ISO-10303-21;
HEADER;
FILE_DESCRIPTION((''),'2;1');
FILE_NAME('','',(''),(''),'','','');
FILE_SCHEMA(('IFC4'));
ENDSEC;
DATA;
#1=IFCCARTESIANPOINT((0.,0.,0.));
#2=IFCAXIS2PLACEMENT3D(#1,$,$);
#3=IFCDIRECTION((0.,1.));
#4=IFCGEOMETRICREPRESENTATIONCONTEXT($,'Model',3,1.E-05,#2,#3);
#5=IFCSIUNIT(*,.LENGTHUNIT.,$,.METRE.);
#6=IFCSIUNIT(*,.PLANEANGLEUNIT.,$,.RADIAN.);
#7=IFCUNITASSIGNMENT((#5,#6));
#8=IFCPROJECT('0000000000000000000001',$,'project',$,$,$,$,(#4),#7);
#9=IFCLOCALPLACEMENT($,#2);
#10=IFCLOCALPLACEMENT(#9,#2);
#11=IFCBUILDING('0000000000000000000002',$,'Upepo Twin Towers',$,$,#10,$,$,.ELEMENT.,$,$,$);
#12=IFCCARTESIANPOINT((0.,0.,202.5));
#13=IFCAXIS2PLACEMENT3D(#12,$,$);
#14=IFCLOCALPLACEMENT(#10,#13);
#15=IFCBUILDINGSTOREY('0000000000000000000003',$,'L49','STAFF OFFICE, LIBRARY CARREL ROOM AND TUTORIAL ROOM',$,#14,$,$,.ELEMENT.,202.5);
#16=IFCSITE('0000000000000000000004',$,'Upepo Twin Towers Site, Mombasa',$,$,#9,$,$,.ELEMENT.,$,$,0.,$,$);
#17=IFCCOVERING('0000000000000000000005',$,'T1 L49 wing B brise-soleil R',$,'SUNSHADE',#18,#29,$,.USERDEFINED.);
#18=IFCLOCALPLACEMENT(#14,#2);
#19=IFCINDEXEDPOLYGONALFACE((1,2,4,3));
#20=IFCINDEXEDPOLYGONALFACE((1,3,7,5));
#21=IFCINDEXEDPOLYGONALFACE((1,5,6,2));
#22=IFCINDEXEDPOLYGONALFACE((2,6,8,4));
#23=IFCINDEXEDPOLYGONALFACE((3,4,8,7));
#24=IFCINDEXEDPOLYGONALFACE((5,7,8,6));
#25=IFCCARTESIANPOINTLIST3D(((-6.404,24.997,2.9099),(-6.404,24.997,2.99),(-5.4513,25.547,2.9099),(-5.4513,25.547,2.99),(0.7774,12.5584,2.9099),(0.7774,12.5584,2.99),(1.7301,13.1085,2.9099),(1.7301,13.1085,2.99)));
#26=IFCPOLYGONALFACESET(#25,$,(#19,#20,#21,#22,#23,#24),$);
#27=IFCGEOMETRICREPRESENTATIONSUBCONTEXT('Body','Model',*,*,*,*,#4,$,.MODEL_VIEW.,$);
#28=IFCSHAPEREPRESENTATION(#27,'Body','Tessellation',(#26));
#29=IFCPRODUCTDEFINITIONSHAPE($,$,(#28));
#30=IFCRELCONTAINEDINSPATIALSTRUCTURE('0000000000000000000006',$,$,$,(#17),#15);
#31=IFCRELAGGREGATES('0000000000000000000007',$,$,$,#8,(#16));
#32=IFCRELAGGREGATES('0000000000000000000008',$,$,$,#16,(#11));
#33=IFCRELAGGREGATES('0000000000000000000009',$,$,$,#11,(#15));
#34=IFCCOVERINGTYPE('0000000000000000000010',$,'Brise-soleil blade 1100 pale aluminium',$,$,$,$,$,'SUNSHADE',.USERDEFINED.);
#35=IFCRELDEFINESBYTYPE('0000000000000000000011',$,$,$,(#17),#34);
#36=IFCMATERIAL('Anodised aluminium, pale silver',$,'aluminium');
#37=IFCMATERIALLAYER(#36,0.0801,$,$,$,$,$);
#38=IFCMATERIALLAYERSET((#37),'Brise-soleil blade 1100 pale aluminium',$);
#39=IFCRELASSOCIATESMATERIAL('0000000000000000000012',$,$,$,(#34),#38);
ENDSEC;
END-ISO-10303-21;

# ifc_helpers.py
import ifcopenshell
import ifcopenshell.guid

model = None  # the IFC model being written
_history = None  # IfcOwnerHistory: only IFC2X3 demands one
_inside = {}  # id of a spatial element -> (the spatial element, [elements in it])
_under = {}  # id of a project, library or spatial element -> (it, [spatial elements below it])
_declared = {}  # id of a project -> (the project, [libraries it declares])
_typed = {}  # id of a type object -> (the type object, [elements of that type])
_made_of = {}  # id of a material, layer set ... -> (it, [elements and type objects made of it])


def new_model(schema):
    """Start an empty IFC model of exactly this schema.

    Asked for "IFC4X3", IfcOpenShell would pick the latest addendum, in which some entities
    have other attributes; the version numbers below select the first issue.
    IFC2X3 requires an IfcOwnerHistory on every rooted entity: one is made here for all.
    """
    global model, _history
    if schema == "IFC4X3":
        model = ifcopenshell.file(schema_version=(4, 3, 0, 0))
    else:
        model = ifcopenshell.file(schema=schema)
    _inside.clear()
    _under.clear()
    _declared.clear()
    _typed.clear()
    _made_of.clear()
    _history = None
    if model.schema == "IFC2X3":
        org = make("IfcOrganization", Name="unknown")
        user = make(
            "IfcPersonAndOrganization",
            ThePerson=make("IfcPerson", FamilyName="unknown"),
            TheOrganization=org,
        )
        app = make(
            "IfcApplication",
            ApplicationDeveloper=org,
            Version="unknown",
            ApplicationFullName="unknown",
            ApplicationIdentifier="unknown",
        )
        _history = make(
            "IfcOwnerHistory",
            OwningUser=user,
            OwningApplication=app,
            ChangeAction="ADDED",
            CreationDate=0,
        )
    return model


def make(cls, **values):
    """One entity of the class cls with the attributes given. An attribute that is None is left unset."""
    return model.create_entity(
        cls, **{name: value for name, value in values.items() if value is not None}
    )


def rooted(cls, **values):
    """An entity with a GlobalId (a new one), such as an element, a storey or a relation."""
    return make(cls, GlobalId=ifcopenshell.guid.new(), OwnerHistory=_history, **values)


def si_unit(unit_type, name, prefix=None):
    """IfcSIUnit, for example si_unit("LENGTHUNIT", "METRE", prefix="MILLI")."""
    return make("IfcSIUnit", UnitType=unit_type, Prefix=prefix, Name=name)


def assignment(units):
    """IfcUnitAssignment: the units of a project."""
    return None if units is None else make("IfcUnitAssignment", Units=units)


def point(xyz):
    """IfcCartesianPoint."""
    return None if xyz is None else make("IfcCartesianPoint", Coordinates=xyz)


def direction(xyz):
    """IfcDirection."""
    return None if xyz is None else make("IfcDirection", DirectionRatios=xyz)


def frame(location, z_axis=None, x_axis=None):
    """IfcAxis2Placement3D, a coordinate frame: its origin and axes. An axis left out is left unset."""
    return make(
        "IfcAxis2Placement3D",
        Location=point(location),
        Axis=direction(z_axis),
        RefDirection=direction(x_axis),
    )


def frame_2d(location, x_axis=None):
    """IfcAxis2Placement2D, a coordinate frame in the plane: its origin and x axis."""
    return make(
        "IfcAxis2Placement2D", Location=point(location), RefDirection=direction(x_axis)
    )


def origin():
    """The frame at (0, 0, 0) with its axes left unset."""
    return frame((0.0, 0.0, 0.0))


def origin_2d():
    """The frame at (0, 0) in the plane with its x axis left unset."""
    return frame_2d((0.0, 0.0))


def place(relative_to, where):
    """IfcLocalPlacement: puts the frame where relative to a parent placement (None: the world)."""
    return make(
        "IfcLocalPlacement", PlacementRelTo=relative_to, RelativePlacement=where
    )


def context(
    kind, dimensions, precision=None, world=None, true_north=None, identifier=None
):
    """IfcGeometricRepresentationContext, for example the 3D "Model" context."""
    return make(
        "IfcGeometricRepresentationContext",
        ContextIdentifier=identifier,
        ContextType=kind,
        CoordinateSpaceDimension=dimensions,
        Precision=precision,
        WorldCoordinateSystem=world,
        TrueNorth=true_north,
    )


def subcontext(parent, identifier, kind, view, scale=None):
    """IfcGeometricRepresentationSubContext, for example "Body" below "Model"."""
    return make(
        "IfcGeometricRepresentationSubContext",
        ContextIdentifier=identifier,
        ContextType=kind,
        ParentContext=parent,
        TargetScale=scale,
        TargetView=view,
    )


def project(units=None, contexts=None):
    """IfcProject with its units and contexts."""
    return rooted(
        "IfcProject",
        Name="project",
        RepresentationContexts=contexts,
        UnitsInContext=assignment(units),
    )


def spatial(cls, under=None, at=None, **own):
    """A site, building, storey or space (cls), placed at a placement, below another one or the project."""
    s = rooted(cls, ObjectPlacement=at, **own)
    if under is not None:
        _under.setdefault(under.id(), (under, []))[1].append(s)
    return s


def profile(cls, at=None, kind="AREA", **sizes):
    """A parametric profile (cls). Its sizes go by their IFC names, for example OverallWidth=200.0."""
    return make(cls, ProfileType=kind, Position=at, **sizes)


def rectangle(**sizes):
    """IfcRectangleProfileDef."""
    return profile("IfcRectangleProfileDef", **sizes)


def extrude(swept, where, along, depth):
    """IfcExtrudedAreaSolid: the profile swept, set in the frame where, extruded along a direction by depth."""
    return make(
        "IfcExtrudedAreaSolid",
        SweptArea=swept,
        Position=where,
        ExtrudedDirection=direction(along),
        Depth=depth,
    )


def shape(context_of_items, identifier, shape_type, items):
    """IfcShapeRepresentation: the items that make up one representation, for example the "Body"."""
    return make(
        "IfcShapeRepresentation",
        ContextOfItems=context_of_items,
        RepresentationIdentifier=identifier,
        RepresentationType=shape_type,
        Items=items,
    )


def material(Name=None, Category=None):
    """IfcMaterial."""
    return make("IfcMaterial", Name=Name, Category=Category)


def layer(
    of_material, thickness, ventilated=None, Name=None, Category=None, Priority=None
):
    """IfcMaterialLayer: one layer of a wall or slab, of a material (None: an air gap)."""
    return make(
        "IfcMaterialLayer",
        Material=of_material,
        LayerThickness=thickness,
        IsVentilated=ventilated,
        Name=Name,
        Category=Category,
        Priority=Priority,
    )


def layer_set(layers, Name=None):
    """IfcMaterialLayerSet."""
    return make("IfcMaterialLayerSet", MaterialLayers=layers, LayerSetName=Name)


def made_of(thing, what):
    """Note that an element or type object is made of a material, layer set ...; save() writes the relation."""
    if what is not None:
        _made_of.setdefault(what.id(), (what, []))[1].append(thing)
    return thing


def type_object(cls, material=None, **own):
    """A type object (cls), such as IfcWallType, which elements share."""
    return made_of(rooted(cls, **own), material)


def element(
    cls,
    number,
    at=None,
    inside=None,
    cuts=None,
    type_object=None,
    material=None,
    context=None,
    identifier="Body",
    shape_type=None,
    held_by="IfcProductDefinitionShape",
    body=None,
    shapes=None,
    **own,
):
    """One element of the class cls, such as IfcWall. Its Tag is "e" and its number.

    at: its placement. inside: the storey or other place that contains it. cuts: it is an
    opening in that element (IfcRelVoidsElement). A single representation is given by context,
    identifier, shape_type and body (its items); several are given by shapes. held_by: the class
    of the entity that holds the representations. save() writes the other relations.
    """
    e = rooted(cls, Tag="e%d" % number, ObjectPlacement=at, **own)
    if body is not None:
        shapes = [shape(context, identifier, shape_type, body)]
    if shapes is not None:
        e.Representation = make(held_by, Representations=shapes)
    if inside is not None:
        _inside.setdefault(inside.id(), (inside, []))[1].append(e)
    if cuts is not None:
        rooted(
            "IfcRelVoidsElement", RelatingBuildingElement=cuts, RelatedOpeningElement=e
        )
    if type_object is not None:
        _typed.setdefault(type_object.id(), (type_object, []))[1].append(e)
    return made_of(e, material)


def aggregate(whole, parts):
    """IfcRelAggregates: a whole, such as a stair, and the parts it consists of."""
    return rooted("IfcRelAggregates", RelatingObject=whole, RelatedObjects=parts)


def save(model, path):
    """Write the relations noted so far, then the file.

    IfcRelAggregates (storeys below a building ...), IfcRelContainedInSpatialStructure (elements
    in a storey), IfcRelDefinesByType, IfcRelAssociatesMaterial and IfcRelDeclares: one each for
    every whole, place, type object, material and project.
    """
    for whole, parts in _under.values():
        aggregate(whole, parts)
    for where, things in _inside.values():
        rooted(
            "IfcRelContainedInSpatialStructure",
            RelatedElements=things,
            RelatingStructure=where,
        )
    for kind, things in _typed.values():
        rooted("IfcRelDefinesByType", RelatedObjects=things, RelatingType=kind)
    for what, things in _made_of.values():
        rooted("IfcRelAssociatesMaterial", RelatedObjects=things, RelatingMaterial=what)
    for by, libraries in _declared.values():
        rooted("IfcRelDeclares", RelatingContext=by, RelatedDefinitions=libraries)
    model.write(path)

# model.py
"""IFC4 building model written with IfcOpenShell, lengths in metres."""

from ifc_helpers import new_model, si_unit, direction, frame, origin, origin_2d, place, context, subcontext, project, spatial, rectangle, extrude, material, layer, layer_set, type_object, element, save


model = new_model("IFC4")

# Units and contexts
model_context = context("Model", 3, precision=1e-05, world=origin(), true_north=direction((0.0, 1.0)))
body_context = subcontext(model_context, "Body", "Model", "MODEL_VIEW")
ifc_project = project(units=[si_unit("LENGTHUNIT", "METRE"), si_unit("PLANEANGLEUNIT", "RADIAN")], contexts=[model_context])

# Site, building, storey
site_placement = place(None, origin())
site = spatial("IfcSite", under=ifc_project, at=site_placement, Name="Upepo Twin Towers Site, Mombasa", CompositionType="ELEMENT", RefElevation=0.0)
building_placement = place(site_placement, origin())
building = spatial("IfcBuilding", under=site, at=building_placement, Name="Upepo Twin Towers", CompositionType="ELEMENT")
storey_placement = place(building_placement, frame((0.0, 0.0, 202.5)))
storey = spatial("IfcBuildingStorey", under=building, at=storey_placement, Name="L49", Description="STAFF OFFICE, LIBRARY CARREL ROOM AND TUTORIAL ROOM", CompositionType="ELEMENT", Elevation=202.5)

# Covering
ifc_material_1 = material(Name="Anodised aluminium, pale silver", Category="aluminium")
ifc_layer_1 = layer(ifc_material_1, 0.0801)
ifc_layer_set_1 = layer_set([ifc_layer_1], Name="Brise-soleil blade 1100 pale aluminium")
covering_type = type_object("IfcCoveringType", Name="Brise-soleil blade 1100 pale aluminium", ElementType="SUNSHADE", PredefinedType="USERDEFINED", material=ifc_layer_set_1)
covering_placement = place(storey_placement, frame((-2.3369, 19.0527, 2.9099), z_axis=(0.0, 0.0, 1.0), x_axis=(-0.5, 0.866025, 0.0)))
element("IfcCovering", 1, at=covering_placement, inside=storey, type_object=covering_type, Name="T1 L49 wing B brise-soleil R", ObjectType="SUNSHADE", PredefinedType="USERDEFINED", context=body_context, shape_type="SweptSolid", body=[
    extrude(rectangle(XDim=14.3628, YDim=1.1001, at=origin_2d()), origin(), (0.0, 0.0, 1.0), 0.0801),
])

save(model, "model.ifc")
